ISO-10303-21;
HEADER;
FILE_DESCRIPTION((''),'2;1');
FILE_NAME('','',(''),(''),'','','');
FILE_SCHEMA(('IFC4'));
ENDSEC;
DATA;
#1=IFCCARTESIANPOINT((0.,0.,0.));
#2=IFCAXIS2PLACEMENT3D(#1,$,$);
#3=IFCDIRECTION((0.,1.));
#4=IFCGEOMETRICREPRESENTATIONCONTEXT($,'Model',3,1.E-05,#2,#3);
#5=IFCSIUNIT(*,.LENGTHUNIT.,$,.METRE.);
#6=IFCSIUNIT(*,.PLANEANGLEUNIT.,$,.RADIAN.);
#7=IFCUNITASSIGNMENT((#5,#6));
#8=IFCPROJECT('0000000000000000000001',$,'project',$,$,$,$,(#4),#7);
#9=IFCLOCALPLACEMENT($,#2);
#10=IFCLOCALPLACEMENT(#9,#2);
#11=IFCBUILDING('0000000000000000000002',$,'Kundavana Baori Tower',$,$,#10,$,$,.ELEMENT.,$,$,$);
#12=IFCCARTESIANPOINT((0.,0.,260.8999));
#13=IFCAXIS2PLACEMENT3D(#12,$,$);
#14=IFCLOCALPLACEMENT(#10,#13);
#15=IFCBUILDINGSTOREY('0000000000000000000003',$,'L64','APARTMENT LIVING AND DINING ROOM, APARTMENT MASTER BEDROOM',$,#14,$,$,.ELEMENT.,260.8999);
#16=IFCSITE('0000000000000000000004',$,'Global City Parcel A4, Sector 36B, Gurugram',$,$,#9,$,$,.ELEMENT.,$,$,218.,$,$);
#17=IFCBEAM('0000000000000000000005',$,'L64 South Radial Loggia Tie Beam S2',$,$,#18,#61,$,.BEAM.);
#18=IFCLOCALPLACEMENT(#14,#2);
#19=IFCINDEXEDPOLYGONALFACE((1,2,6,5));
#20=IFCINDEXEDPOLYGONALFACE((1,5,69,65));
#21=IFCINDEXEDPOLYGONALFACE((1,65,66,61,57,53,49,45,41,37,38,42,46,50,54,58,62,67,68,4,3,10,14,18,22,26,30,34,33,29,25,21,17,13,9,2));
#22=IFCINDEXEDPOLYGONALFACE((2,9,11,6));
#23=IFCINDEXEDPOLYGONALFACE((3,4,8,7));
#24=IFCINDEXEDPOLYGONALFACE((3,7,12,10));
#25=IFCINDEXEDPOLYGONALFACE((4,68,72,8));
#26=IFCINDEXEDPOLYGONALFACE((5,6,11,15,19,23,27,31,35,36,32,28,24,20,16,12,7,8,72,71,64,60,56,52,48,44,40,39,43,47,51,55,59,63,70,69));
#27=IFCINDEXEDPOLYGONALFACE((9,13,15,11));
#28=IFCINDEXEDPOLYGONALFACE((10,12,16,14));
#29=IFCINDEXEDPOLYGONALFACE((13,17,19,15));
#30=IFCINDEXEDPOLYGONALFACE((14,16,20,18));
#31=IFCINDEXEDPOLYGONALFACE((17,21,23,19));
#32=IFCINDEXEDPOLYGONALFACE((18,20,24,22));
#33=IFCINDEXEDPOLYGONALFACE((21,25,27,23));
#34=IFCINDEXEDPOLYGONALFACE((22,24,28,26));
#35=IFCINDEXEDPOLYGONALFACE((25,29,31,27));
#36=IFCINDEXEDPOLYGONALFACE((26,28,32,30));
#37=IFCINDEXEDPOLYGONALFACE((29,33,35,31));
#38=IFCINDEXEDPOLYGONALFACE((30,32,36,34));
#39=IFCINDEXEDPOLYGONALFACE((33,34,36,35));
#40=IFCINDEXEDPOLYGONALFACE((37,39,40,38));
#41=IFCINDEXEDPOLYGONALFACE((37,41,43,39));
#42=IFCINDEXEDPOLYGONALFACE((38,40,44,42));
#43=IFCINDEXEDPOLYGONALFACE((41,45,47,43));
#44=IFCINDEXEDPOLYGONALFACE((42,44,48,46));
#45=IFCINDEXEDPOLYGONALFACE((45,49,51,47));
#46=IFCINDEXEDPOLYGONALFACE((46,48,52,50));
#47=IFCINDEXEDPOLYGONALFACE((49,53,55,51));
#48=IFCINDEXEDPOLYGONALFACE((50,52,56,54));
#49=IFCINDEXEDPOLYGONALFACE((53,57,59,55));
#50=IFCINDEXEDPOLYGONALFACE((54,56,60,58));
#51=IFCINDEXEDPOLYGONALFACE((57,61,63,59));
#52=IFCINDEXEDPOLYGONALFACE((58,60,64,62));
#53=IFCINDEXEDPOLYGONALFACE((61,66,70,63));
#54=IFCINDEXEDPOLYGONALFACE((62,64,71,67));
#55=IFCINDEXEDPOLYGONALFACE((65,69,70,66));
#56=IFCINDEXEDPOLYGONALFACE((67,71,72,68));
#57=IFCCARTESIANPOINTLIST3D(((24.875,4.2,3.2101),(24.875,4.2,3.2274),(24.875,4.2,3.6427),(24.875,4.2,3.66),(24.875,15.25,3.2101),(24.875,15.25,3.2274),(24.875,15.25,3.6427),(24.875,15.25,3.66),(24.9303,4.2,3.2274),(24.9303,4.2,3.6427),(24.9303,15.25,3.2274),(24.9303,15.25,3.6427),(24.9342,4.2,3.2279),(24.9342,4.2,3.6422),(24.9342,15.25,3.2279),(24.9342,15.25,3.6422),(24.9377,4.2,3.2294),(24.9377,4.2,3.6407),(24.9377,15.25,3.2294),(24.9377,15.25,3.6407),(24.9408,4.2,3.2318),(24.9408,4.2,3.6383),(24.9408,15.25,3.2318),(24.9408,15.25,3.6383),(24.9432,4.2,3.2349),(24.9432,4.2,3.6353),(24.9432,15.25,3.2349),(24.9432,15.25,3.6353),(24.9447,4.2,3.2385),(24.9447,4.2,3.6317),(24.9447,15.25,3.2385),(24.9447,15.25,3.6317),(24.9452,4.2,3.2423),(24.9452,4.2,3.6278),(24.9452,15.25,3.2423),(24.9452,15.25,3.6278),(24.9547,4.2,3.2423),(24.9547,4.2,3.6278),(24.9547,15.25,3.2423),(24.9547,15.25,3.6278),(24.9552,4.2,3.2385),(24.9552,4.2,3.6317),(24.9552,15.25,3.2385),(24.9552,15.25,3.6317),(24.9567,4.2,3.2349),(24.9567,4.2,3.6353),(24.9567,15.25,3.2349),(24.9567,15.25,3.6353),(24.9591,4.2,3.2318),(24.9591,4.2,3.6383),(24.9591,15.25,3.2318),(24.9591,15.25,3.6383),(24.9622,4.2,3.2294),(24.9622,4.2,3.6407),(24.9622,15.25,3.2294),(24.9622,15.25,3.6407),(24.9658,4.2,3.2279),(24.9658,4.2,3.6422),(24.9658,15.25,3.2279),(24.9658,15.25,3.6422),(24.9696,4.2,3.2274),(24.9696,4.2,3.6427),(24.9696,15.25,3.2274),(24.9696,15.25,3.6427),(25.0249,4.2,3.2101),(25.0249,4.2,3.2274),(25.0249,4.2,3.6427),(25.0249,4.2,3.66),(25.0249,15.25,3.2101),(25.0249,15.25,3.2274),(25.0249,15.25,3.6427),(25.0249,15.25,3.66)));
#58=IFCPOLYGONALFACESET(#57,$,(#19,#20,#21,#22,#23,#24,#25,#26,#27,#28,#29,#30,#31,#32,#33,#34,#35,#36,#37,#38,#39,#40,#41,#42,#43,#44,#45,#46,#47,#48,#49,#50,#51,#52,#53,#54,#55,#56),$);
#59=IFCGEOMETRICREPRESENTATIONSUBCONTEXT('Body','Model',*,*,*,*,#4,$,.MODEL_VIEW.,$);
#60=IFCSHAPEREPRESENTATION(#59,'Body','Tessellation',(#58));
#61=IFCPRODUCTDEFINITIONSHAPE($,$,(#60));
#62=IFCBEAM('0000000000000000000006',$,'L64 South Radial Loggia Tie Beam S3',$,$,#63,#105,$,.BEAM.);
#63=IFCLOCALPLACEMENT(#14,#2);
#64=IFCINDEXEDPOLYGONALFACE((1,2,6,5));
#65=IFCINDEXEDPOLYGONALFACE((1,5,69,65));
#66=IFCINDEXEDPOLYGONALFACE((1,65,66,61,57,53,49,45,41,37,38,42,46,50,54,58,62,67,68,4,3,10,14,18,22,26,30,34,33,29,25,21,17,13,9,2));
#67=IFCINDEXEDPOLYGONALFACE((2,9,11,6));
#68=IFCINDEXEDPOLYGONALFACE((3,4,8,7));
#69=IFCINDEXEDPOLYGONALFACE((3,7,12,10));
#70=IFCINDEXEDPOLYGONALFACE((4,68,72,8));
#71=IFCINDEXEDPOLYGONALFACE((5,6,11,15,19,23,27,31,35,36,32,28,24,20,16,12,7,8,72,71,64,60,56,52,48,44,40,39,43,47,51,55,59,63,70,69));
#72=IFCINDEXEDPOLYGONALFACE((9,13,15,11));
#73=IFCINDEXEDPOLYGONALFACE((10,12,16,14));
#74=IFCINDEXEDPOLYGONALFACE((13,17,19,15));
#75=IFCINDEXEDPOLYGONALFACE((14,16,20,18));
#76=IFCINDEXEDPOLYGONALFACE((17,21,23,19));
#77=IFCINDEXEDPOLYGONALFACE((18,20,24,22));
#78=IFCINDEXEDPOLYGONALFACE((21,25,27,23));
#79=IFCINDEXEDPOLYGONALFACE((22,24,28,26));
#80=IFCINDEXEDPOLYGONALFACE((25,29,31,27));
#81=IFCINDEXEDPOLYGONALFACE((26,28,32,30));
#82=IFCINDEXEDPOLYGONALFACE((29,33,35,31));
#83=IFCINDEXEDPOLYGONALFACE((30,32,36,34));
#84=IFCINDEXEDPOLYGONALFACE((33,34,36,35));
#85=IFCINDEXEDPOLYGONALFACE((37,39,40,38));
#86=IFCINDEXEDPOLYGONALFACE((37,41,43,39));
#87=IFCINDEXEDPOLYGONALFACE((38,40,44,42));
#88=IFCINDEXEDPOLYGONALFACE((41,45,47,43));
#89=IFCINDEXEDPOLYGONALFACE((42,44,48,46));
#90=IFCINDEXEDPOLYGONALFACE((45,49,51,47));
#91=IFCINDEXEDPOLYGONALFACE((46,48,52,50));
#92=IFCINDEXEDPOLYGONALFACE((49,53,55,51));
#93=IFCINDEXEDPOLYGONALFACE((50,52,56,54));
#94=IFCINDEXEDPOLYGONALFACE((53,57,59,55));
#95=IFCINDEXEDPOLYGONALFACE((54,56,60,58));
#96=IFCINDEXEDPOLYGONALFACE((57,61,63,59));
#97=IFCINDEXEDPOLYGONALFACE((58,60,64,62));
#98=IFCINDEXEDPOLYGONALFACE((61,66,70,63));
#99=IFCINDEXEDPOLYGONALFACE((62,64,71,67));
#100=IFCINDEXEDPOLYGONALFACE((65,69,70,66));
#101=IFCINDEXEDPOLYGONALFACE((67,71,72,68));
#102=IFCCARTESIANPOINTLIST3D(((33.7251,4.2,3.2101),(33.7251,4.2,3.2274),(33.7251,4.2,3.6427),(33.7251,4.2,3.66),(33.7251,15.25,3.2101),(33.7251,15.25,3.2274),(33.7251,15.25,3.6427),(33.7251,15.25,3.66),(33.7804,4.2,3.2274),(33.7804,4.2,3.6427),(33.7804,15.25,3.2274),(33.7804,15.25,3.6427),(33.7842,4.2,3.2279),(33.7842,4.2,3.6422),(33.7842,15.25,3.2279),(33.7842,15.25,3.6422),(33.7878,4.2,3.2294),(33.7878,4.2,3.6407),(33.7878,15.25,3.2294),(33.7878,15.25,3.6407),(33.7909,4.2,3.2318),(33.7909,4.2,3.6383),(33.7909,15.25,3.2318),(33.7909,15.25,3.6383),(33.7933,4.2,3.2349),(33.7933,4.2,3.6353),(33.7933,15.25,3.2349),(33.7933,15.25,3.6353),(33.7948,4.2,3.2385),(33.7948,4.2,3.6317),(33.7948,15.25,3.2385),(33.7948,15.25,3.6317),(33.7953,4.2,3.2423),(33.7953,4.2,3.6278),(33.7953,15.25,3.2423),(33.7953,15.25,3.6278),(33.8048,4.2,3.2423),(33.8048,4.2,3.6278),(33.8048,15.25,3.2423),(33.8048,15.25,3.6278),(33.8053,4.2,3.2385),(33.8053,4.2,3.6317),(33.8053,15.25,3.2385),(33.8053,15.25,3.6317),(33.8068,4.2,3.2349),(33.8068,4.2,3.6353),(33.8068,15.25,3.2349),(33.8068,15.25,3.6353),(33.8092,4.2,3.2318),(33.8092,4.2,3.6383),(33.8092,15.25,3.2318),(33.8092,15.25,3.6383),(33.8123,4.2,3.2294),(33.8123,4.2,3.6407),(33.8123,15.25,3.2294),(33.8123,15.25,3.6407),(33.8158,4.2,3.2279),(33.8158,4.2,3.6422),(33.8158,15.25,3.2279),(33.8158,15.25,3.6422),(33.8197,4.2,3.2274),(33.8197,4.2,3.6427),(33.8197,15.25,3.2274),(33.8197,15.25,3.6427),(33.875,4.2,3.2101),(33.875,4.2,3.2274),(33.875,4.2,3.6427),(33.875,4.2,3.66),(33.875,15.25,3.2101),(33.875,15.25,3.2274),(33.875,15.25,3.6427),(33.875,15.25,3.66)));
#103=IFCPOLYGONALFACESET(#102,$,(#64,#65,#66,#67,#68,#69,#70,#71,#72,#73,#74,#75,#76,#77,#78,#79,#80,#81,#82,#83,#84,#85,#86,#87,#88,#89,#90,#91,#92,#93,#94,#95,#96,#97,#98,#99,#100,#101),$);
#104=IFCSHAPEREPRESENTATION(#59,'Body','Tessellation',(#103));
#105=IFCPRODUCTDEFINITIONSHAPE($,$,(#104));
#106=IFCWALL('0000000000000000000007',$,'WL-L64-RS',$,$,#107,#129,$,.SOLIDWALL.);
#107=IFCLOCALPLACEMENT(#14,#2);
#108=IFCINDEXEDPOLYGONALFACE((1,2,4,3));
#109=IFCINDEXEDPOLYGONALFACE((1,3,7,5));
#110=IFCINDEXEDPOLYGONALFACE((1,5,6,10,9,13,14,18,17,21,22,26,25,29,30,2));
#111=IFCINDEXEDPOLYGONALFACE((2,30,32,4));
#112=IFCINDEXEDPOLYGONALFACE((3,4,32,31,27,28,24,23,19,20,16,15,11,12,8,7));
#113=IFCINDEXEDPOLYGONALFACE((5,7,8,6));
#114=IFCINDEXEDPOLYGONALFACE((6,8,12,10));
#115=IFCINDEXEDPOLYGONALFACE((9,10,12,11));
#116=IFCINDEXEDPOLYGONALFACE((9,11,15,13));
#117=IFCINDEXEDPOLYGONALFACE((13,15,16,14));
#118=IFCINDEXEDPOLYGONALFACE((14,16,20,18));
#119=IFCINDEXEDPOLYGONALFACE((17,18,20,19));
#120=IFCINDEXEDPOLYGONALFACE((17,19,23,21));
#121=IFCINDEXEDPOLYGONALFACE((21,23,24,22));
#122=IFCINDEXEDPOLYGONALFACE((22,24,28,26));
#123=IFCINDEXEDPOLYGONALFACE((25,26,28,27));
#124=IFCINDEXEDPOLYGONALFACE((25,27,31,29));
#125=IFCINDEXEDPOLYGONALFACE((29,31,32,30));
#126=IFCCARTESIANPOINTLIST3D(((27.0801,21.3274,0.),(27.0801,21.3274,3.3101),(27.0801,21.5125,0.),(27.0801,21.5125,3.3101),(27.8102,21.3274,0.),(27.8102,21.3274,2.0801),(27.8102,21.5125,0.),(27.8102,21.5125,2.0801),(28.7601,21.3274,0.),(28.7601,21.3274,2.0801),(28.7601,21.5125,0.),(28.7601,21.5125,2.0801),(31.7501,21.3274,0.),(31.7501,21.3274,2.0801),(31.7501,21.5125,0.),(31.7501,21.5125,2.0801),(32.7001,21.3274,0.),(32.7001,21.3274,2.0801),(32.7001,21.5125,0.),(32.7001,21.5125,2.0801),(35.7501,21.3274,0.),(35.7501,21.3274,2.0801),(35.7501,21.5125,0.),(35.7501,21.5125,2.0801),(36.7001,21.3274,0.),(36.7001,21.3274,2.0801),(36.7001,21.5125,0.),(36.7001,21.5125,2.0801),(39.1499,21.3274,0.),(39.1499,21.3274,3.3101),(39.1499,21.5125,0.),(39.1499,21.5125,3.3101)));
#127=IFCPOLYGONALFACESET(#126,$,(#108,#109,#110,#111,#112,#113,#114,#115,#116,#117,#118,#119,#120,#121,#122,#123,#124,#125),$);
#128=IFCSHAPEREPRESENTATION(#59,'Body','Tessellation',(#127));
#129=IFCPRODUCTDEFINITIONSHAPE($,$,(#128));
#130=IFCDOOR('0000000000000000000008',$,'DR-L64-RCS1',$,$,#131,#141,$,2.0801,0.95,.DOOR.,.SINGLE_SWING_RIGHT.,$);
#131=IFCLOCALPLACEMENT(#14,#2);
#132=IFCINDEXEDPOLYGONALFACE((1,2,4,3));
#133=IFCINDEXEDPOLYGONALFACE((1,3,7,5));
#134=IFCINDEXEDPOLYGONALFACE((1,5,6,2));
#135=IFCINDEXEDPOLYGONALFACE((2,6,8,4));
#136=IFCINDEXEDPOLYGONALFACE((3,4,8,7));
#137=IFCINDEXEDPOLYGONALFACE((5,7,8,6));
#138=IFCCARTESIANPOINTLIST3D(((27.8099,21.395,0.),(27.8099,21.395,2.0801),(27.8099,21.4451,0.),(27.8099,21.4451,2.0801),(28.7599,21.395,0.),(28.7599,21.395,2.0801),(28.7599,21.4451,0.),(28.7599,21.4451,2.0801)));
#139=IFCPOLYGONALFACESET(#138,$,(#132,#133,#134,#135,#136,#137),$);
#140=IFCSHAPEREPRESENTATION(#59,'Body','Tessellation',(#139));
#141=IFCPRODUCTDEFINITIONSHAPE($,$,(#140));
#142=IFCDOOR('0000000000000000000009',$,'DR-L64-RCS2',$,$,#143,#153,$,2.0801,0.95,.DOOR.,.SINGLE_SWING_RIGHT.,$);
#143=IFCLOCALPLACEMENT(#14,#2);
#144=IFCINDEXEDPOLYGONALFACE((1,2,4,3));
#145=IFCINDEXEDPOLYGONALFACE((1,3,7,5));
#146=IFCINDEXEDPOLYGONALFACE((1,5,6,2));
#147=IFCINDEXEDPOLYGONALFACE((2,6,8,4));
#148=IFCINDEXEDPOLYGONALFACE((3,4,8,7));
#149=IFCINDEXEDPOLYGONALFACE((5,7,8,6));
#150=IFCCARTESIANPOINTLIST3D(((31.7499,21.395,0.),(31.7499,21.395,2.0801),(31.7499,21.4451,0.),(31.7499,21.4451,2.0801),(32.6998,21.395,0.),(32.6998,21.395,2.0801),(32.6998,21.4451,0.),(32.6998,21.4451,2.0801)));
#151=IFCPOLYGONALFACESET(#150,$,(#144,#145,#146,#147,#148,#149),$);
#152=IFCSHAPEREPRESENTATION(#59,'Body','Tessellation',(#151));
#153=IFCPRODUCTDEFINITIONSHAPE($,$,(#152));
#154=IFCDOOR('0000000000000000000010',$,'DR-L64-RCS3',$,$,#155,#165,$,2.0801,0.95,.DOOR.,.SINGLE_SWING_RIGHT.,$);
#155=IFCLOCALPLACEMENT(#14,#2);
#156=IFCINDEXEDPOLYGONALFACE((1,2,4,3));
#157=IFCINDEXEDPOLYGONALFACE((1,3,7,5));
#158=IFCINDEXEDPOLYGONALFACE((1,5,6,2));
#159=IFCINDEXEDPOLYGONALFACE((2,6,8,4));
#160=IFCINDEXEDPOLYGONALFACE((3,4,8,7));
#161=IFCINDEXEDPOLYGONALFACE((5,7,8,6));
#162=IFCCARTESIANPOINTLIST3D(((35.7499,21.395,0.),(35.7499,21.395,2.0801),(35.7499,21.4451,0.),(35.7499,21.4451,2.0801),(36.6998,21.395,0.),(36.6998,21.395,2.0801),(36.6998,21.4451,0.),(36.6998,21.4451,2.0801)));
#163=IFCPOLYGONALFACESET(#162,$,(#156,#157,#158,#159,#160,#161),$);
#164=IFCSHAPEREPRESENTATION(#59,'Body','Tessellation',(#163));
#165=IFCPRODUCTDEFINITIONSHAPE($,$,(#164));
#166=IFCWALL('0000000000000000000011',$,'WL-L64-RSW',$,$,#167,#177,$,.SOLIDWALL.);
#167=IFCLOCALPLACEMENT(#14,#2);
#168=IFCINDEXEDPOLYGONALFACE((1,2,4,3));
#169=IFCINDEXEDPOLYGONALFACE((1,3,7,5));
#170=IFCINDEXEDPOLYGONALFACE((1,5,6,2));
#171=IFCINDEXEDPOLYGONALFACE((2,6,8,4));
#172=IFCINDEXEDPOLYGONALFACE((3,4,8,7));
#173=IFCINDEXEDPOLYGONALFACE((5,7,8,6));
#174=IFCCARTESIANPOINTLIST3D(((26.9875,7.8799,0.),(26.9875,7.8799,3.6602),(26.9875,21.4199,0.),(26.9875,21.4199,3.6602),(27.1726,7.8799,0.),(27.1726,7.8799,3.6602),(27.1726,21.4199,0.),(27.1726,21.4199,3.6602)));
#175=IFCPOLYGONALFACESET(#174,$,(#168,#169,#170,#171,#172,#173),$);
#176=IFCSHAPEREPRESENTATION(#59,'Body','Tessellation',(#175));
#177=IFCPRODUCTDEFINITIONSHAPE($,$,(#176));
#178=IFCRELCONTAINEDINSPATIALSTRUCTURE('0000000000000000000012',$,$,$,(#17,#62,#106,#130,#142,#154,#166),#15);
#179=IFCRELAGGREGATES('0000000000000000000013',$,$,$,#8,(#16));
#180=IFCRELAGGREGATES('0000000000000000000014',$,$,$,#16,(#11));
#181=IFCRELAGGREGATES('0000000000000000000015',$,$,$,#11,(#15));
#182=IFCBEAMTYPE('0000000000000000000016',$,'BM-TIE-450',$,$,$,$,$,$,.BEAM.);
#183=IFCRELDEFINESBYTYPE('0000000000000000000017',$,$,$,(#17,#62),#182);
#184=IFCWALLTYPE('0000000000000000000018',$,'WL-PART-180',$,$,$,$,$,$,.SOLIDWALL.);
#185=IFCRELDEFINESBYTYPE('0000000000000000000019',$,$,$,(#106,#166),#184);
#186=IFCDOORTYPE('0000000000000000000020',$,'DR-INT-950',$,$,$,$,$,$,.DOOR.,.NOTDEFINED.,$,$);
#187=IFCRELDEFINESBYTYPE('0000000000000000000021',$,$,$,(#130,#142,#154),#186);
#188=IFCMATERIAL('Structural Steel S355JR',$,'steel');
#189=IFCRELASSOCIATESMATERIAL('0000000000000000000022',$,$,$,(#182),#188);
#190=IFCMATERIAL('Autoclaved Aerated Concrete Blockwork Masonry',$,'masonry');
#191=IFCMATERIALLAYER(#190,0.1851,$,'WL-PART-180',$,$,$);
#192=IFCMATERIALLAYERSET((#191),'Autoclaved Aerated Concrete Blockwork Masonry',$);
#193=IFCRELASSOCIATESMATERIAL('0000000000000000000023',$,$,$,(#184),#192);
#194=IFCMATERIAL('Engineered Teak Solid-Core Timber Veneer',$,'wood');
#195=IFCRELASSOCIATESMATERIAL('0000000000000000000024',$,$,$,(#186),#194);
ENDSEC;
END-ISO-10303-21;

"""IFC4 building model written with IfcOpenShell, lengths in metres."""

from ifc_helpers import new_model, si_unit, direction, frame, frame_2d, origin, origin_2d, place, context, subcontext, project, spatial, rectangle, i_section, extrude, material, layer, layer_set, material_profile, profile_set, type_object, element, fill, save


model = new_model("IFC4")

# Units and contexts
model_context = context("Model", 3, precision=1e-05, world=origin(), true_north=direction((0.0, 1.0)))
body_context = subcontext(model_context, "Body", "Model", "MODEL_VIEW")
ifc_project = project(units=[si_unit("LENGTHUNIT", "METRE"), si_unit("PLANEANGLEUNIT", "RADIAN")], contexts=[model_context])

# Site, building, storey
site_placement = place(None, origin())
site = spatial("IfcSite", under=ifc_project, at=site_placement, Name="Global City Parcel A4, Sector 36B, Gurugram", CompositionType="ELEMENT", RefElevation=218.0)
building_placement = place(site_placement, origin())
building = spatial("IfcBuilding", under=site, at=building_placement, Name="Kundavana Baori Tower", CompositionType="ELEMENT")
storey_placement = place(building_placement, frame((0.0, 0.0, 260.8999)))
storey = spatial("IfcBuildingStorey", under=building, at=storey_placement, Name="L64", Description="APARTMENT LIVING AND DINING ROOM, APARTMENT MASTER BEDROOM", CompositionType="ELEMENT", Elevation=260.8999)

# Beams
ifc_material_1 = material(Name="Structural Steel S355JR", Category="steel")
ifc_material_profile_1 = material_profile(ifc_material_1, i_section(OverallWidth=0.1499, OverallDepth=0.45, WebThickness=0.0095, FlangeThickness=0.0173, FilletRadius=0.0149, at=origin_2d()), Name="ISMB 450")
ifc_profile_set_1 = profile_set([ifc_material_profile_1], Name="Structural Steel S355JR")
beam_type_1 = type_object("IfcBeamType", Name="BM-TIE-450", PredefinedType="BEAM", material=ifc_profile_set_1)
for number, where, z_axis, x_axis, name in (
    (1, (24.95, 15.25, 3.4351), (0.0, -1.0, 0.0), (1.0, 0.0, 0.0), "L64 South Radial Loggia Tie Beam S2"),
    (2, (33.8, 15.25, 3.4351), (0.0, -1.0, 0.0), (1.0, 0.0, 0.0), "L64 South Radial Loggia Tie Beam S3"),
):
    element("IfcBeam", number, at=place(storey_placement, frame(where, z_axis=z_axis, x_axis=x_axis)), inside=storey, type_object=beam_type_1, Name=name, PredefinedType="BEAM", context=body_context, shape_type="SweptSolid", body=[
        extrude(i_section(OverallWidth=0.1499, OverallDepth=0.45, WebThickness=0.0095, FlangeThickness=0.0173, FilletRadius=0.0149, at=origin_2d()), origin(), (0.0, 0.0, 1.0), 11.05),
    ])

# Wall, openings, doors
ifc_material_2 = material(Name="Autoclaved Aerated Concrete Blockwork Masonry", Category="masonry")
ifc_layer = layer(ifc_material_2, 0.1851, Name="WL-PART-180")
ifc_layer_set = layer_set([ifc_layer], Name="Autoclaved Aerated Concrete Blockwork Masonry")
wall_type = type_object("IfcWallType", Name="WL-PART-180", PredefinedType="SOLIDWALL", material=ifc_layer_set)
wall_1_placement = place(storey_placement, frame((27.0801, 21.4199, 0.0), z_axis=(0.0, 0.0, 1.0), x_axis=(1.0, 0.0, 0.0)))
wall_1 = element("IfcWall", 3, at=wall_1_placement, inside=storey, type_object=wall_type, Name="WL-L64-RS", PredefinedType="SOLIDWALL", context=body_context, shape_type="SweptSolid", body=[
    extrude(rectangle(XDim=12.0698, YDim=0.1851, at=frame_2d((6.0349, 0.0))), origin(), (0.0, 0.0, 1.0), 3.3101),
])
opening_1_placement = place(wall_1_placement, frame((0.73, 0.0, 0.0)))
opening_1 = element("IfcOpeningElement", 4, at=opening_1_placement, cuts=wall_1, PredefinedType="OPENING", context=body_context, shape_type="SweptSolid", body=[
    extrude(rectangle(XDim=0.95, YDim=2.0801, at=frame_2d((0.4751, 1.04))), frame((0.0, 0.1025, 0.0), z_axis=(0.0, -1.0, 0.0), x_axis=(1.0, 0.0, 0.0)), (0.0, 0.0, 1.0), 0.2051),
])
opening_2_placement = place(wall_1_placement, frame((4.6699, 0.0, 0.0)))
opening_2 = element("IfcOpeningElement", 5, at=opening_2_placement, cuts=wall_1, PredefinedType="OPENING", context=body_context, shape_type="SweptSolid", body=[
    extrude(rectangle(XDim=0.95, YDim=2.0801, at=frame_2d((0.4751, 1.04))), frame((0.0, 0.1025, 0.0), z_axis=(0.0, -1.0, 0.0), x_axis=(1.0, 0.0, 0.0)), (0.0, 0.0, 1.0), 0.2051),
])
opening_3_placement = place(wall_1_placement, frame((8.6699, 0.0, 0.0)))
opening_3 = element("IfcOpeningElement", 6, at=opening_3_placement, cuts=wall_1, PredefinedType="OPENING", context=body_context, shape_type="SweptSolid", body=[
    extrude(rectangle(XDim=0.95, YDim=2.0801, at=frame_2d((0.4751, 1.04))), frame((0.0, 0.1025, 0.0), z_axis=(0.0, -1.0, 0.0), x_axis=(1.0, 0.0, 0.0)), (0.0, 0.0, 1.0), 0.2051),
])
ifc_material_3 = material(Name="Engineered Teak Solid-Core Timber Veneer", Category="wood")
door_type = type_object("IfcDoorType", Name="DR-INT-950", OperationType="NOTDEFINED", PredefinedType="DOOR", material=ifc_material_3)
door_1_placement = place(opening_1_placement, frame((0.95, 0.0, 0.0), z_axis=(0.0, 0.0, 1.0), x_axis=(-1.0, 0.0, 0.0)))
door_1 = element("IfcDoor", 7, at=door_1_placement, inside=storey, type_object=door_type, Name="DR-L64-RCS1", OperationType="SINGLE_SWING_RIGHT", OverallHeight=2.0801, OverallWidth=0.95, PredefinedType="DOOR", context=body_context, shape_type="SweptSolid", body=[
    extrude(rectangle(XDim=0.95, YDim=2.0801, at=frame_2d((0.4751, 1.04))), frame((0.0, 0.0249, 0.0), z_axis=(0.0, -1.0, 0.0), x_axis=(1.0, 0.0, 0.0)), (0.0, 0.0, 1.0), 0.05),
])
fill(opening_1, door_1)
door_2_placement = place(opening_2_placement, frame((0.95, 0.0, 0.0), z_axis=(0.0, 0.0, 1.0), x_axis=(-1.0, 0.0, 0.0)))
door_2 = element("IfcDoor", 8, at=door_2_placement, inside=storey, type_object=door_type, Name="DR-L64-RCS2", OperationType="SINGLE_SWING_RIGHT", OverallHeight=2.0801, OverallWidth=0.95, PredefinedType="DOOR", context=body_context, shape_type="SweptSolid", body=[
    extrude(rectangle(XDim=0.95, YDim=2.0801, at=frame_2d((0.4751, 1.04))), frame((0.0, 0.0249, 0.0), z_axis=(0.0, -1.0, 0.0), x_axis=(1.0, 0.0, 0.0)), (0.0, 0.0, 1.0), 0.05),
])
fill(opening_2, door_2)
door_3_placement = place(opening_3_placement, frame((0.95, 0.0, 0.0), z_axis=(0.0, 0.0, 1.0), x_axis=(-1.0, 0.0, 0.0)))
door_3 = element("IfcDoor", 9, at=door_3_placement, inside=storey, type_object=door_type, Name="DR-L64-RCS3", OperationType="SINGLE_SWING_RIGHT", OverallHeight=2.0801, OverallWidth=0.95, PredefinedType="DOOR", context=body_context, shape_type="SweptSolid", body=[
    extrude(rectangle(XDim=0.95, YDim=2.0801, at=frame_2d((0.4751, 1.04))), frame((0.0, 0.0249, 0.0), z_axis=(0.0, -1.0, 0.0), x_axis=(1.0, 0.0, 0.0)), (0.0, 0.0, 1.0), 0.05),
])
fill(opening_3, door_3)

# Wall
wall_2_placement = place(storey_placement, frame((27.0801, 7.8799, 0.0), z_axis=(0.0, 0.0, 1.0), x_axis=(0.0, 1.0, 0.0)))
element("IfcWall", 10, at=wall_2_placement, inside=storey, type_object=wall_type, Name="WL-L64-RSW", PredefinedType="SOLIDWALL", context=body_context, shape_type="SweptSolid", body=[
    extrude(rectangle(XDim=13.54, YDim=0.1851, at=frame_2d((6.77, 0.0))), origin(), (0.0, 0.0, 1.0), 3.6602),
])

save(model, "model.ifc")
